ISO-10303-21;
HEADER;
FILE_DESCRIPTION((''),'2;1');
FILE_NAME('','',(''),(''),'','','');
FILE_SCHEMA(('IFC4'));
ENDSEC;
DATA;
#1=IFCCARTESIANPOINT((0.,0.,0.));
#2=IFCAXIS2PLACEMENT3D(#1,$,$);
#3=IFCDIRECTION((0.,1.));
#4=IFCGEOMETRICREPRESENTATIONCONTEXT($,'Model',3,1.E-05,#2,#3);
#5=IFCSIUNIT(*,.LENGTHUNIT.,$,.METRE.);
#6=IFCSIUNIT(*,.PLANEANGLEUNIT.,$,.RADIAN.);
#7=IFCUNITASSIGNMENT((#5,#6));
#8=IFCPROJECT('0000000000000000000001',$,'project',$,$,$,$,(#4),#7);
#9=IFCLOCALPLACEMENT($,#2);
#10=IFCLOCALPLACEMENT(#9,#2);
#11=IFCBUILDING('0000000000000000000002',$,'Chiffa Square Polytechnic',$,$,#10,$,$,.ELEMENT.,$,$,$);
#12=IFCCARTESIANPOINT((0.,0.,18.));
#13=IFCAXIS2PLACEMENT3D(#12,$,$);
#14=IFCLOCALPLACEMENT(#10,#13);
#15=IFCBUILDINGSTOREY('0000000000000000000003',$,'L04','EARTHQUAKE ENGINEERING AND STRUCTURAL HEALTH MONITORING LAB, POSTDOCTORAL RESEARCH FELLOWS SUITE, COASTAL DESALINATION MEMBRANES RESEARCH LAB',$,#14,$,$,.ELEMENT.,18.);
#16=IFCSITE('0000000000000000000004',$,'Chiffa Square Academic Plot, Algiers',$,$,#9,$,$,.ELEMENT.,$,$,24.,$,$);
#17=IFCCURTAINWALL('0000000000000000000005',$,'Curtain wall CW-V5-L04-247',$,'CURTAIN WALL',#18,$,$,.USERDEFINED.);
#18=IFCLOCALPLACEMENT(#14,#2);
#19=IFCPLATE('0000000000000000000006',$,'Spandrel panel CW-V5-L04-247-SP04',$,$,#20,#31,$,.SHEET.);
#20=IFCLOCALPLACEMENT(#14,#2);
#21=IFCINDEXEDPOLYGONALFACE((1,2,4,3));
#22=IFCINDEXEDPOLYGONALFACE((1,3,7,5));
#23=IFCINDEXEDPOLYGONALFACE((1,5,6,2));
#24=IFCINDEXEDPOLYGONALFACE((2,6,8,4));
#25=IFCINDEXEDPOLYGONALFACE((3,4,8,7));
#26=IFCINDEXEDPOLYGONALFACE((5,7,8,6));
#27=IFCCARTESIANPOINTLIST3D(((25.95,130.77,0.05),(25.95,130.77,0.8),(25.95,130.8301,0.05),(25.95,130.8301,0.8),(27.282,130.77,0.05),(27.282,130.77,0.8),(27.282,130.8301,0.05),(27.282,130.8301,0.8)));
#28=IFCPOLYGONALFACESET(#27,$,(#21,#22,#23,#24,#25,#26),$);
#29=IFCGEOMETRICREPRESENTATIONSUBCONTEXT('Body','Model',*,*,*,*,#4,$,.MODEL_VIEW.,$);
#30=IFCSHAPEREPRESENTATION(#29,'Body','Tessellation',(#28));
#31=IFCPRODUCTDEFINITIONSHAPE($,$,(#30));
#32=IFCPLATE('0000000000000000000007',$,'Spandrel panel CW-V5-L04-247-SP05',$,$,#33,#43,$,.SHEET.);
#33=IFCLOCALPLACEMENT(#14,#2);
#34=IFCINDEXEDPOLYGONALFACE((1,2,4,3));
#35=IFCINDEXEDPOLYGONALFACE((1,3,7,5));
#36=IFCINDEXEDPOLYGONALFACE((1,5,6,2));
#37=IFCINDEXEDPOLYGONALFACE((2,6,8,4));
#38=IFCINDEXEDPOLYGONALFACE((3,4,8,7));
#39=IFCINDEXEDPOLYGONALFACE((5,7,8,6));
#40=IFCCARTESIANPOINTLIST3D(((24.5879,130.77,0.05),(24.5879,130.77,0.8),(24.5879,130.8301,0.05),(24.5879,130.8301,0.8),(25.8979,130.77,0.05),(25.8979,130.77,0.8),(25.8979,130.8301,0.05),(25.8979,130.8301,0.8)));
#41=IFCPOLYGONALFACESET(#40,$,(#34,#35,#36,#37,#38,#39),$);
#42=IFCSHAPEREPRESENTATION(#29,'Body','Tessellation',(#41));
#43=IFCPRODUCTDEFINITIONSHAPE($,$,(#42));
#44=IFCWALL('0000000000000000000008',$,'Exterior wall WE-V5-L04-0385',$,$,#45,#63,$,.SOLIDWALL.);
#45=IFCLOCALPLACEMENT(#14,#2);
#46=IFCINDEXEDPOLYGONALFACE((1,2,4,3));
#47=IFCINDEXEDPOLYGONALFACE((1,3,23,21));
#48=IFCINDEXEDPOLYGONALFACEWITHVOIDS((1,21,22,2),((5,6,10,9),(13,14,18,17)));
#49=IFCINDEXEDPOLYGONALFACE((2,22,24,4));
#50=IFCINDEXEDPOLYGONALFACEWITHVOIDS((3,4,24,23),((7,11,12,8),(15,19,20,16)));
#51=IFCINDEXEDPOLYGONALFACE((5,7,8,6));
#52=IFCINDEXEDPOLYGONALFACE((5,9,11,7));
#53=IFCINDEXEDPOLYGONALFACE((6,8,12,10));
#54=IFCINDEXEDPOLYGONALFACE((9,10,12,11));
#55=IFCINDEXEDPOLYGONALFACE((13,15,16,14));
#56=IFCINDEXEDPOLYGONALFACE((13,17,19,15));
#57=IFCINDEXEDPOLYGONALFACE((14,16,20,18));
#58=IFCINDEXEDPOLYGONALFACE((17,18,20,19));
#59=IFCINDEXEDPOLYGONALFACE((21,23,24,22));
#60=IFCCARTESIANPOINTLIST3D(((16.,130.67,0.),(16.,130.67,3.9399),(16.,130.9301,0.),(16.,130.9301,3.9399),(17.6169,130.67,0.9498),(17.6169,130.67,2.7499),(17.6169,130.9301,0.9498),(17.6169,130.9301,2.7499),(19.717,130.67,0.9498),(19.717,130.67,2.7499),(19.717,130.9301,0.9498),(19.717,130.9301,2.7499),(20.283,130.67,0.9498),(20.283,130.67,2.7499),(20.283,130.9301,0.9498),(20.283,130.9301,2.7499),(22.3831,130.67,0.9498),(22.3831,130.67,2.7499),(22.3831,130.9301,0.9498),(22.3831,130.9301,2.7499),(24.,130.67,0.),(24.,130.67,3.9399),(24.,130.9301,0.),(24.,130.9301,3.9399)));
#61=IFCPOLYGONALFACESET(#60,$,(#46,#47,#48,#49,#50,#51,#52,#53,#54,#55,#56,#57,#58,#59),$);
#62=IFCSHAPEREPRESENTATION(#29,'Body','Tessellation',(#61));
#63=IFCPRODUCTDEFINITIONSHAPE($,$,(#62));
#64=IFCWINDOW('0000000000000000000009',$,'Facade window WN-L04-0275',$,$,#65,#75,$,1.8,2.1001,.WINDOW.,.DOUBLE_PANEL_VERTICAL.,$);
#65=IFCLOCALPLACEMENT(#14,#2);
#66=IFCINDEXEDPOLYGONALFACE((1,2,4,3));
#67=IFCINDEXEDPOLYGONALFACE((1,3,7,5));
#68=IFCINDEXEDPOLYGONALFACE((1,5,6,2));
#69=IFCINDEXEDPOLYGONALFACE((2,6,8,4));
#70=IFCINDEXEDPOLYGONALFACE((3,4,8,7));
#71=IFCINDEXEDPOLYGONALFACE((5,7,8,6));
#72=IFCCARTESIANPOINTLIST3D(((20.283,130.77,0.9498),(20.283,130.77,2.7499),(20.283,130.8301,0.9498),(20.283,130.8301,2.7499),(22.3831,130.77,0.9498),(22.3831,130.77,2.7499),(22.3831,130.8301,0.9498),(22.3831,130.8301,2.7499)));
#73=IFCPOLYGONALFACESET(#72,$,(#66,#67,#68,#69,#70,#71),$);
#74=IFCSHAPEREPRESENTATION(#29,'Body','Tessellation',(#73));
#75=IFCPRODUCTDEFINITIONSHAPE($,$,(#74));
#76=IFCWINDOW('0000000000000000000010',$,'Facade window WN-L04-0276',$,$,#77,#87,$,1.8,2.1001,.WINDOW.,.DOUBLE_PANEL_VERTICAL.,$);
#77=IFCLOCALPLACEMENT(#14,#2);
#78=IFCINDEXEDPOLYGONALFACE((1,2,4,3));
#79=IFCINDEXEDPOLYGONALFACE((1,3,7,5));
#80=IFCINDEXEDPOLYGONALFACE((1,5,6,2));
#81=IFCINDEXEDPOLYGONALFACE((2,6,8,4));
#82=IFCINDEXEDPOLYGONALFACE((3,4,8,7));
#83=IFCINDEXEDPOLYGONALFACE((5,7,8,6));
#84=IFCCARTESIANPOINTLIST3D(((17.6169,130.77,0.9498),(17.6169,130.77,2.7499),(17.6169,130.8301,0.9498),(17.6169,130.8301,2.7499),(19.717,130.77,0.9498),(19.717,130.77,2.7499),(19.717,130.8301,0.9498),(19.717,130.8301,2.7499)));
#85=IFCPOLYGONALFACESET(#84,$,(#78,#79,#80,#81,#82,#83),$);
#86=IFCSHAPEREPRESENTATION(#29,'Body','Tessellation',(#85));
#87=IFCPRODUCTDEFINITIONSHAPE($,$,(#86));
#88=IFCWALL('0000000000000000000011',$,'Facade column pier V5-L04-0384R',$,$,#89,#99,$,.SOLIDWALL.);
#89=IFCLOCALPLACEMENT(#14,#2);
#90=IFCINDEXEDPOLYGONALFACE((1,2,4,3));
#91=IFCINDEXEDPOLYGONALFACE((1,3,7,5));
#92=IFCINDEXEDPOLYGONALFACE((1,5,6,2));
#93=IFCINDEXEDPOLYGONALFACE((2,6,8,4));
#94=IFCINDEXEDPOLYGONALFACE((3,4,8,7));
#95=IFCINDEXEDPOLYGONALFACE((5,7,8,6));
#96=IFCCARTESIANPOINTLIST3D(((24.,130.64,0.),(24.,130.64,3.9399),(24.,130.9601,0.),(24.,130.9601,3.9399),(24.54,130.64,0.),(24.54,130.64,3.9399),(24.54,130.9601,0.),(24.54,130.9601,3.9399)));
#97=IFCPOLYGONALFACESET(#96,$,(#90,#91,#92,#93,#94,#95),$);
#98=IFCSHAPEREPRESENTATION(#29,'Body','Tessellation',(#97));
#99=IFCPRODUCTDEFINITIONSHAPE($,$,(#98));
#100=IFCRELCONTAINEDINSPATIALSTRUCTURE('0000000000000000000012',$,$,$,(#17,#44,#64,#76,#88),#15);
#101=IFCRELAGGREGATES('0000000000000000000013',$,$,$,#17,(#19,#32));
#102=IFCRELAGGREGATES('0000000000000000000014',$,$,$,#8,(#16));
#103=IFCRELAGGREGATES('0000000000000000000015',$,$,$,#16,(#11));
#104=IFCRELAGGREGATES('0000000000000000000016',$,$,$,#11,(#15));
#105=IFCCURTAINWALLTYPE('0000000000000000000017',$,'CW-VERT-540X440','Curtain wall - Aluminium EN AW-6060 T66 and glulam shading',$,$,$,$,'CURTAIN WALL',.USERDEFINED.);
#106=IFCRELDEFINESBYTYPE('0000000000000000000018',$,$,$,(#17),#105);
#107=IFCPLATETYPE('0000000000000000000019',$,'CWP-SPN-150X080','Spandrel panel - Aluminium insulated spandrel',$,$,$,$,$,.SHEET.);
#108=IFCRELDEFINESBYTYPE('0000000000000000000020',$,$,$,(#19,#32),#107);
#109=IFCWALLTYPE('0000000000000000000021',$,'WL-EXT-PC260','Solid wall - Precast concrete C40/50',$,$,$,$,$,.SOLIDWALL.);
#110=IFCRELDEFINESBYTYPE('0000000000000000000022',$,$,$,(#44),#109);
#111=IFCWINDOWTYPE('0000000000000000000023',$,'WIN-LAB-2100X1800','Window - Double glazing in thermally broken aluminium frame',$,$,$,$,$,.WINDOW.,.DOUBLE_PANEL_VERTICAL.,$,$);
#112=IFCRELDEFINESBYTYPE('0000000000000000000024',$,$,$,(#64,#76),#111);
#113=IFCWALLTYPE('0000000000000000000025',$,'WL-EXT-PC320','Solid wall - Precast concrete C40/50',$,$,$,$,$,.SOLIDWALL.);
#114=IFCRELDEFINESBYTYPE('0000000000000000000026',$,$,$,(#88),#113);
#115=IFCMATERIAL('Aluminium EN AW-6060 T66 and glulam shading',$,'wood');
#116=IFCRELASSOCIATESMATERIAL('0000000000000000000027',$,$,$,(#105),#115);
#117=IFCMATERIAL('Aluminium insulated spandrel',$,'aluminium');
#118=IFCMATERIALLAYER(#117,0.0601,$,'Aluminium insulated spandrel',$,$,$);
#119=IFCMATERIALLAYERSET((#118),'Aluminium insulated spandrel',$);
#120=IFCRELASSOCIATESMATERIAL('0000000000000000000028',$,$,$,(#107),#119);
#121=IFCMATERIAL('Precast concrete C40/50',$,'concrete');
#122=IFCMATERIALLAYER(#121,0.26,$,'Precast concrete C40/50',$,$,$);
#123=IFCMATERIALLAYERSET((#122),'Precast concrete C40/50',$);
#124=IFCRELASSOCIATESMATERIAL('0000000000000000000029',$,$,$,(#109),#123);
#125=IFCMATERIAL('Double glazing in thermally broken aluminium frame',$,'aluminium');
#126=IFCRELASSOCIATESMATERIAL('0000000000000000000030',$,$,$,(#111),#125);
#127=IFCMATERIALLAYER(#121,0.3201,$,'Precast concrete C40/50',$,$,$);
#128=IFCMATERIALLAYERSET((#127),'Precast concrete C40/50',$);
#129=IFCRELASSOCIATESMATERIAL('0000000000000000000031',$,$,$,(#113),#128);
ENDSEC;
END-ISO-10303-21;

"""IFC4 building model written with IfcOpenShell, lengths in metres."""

from ifc_helpers import new_model, si_unit, direction, frame, frame_2d, origin, origin_2d, place, context, subcontext, project, spatial, rectangle, extrude, material, layer, layer_set, type_object, element, fill, aggregate, save


model = new_model("IFC4")

# Units and contexts
model_context = context("Model", 3, precision=1e-05, world=origin(), true_north=direction((0.0, 1.0)))
body_context = subcontext(model_context, "Body", "Model", "MODEL_VIEW")
ifc_project = project(units=[si_unit("LENGTHUNIT", "METRE"), si_unit("PLANEANGLEUNIT", "RADIAN")], contexts=[model_context])

# Site, building, storey
site_placement = place(None, origin())
site = spatial("IfcSite", under=ifc_project, at=site_placement, Name="Chiffa Square Academic Plot, Algiers", CompositionType="ELEMENT", RefElevation=24.0)
building_placement = place(site_placement, origin())
building = spatial("IfcBuilding", under=site, at=building_placement, Name="Chiffa Square Polytechnic", CompositionType="ELEMENT")
storey_placement = place(building_placement, frame((0.0, 0.0, 18.0)))
storey = spatial("IfcBuildingStorey", under=building, at=storey_placement, Name="L04", Description="EARTHQUAKE ENGINEERING AND STRUCTURAL HEALTH MONITORING LAB, POSTDOCTORAL RESEARCH FELLOWS SUITE, COASTAL DESALINATION MEMBRANES RESEARCH LAB", CompositionType="ELEMENT", Elevation=18.0)

# Curtain wall
ifc_material_1 = material(Name="Aluminium EN AW-6060 T66 and glulam shading", Category="wood")
curtain_wall_type = type_object("IfcCurtainWallType", Name="CW-VERT-540X440", Description="Curtain wall - Aluminium EN AW-6060 T66 and glulam shading", ElementType="CURTAIN WALL", PredefinedType="USERDEFINED", material=ifc_material_1)
curtain_wall_placement = place(storey_placement, origin())
curtain_wall = element("IfcCurtainWall", 1, at=curtain_wall_placement, inside=storey, type_object=curtain_wall_type, Name="Curtain wall CW-V5-L04-247", ObjectType="CURTAIN WALL", PredefinedType="USERDEFINED")

# Plates
ifc_material_2 = material(Name="Aluminium insulated spandrel", Category="aluminium")
ifc_layer_1 = layer(ifc_material_2, 0.0601, Name="Aluminium insulated spandrel")
ifc_layer_set_1 = layer_set([ifc_layer_1], Name="Aluminium insulated spandrel")
plate_type_1 = type_object("IfcPlateType", Name="CWP-SPN-150X080", Description="Spandrel panel - Aluminium insulated spandrel", PredefinedType="SHEET", material=ifc_layer_set_1)
plate_1_placement = place(storey_placement, frame((26.616, 130.8, 0.05), z_axis=(0.0, 0.0, 1.0), x_axis=(-1.0, 0.0, 0.0)))
plate_1 = element("IfcPlate", 2, at=plate_1_placement, type_object=plate_type_1, Name="Spandrel panel CW-V5-L04-247-SP04", PredefinedType="SHEET", context=body_context, shape_type="SweptSolid", body=[
    extrude(rectangle(XDim=1.332, YDim=0.0601, at=origin_2d()), origin(), (0.0, 0.0, 1.0), 0.75),
])
plate_2_placement = place(storey_placement, frame((25.2429, 130.8, 0.05), z_axis=(0.0, 0.0, 1.0), x_axis=(-1.0, 0.0, 0.0)))
plate_2 = element("IfcPlate", 3, at=plate_2_placement, type_object=plate_type_1, Name="Spandrel panel CW-V5-L04-247-SP05", PredefinedType="SHEET", context=body_context, shape_type="SweptSolid", body=[
    extrude(rectangle(XDim=1.3101, YDim=0.0601, at=origin_2d()), origin(), (0.0, 0.0, 1.0), 0.75),
])
aggregate(curtain_wall, [plate_1, plate_2])

# Wall, openings, windows
ifc_material_3 = material(Name="Precast concrete C40/50", Category="concrete")
ifc_layer_2 = layer(ifc_material_3, 0.26, Name="Precast concrete C40/50")
ifc_layer_set_2 = layer_set([ifc_layer_2], Name="Precast concrete C40/50")
wall_type_1 = type_object("IfcWallType", Name="WL-EXT-PC260", Description="Solid wall - Precast concrete C40/50", PredefinedType="SOLIDWALL", material=ifc_layer_set_2)
wall_1_placement = place(storey_placement, frame((24.0, 130.8, 0.0), z_axis=(0.0, 0.0, 1.0), x_axis=(-1.0, 0.0, 0.0)))
wall_1 = element("IfcWall", 4, at=wall_1_placement, inside=storey, type_object=wall_type_1, Name="Exterior wall WE-V5-L04-0385", PredefinedType="SOLIDWALL", context=body_context, shape_type="SweptSolid", body=[
    extrude(rectangle(XDim=8.0, YDim=0.26, at=frame_2d((4.0, 0.0))), origin(), (0.0, 0.0, 1.0), 3.9399),
])
opening_1_placement = place(wall_1_placement, frame((1.6169, 0.0, 0.95)))
opening_1 = element("IfcOpeningElement", 5, at=opening_1_placement, cuts=wall_1, PredefinedType="OPENING", context=body_context, shape_type="SweptSolid", body=[
    extrude(rectangle(XDim=2.1001, YDim=1.8, at=frame_2d((1.05, 0.8999))), frame((0.0, 0.1401, 0.0), z_axis=(0.0, -1.0, 0.0), x_axis=(1.0, 0.0, 0.0)), (0.0, 0.0, 1.0), 0.28),
])
opening_2_placement = place(wall_1_placement, frame((4.283, 0.0, 0.95)))
opening_2 = element("IfcOpeningElement", 6, at=opening_2_placement, cuts=wall_1, PredefinedType="OPENING", context=body_context, shape_type="SweptSolid", body=[
    extrude(rectangle(XDim=2.1001, YDim=1.8, at=frame_2d((1.05, 0.8999))), frame((0.0, 0.1401, 0.0), z_axis=(0.0, -1.0, 0.0), x_axis=(1.0, 0.0, 0.0)), (0.0, 0.0, 1.0), 0.28),
])
ifc_material_4 = material(Name="Double glazing in thermally broken aluminium frame", Category="aluminium")
window_type = type_object("IfcWindowType", Name="WIN-LAB-2100X1800", Description="Window - Double glazing in thermally broken aluminium frame", PartitioningType="DOUBLE_PANEL_VERTICAL", PredefinedType="WINDOW", material=ifc_material_4)
window_1_placement = place(opening_1_placement, origin())
window_1 = element("IfcWindow", 7, at=window_1_placement, inside=storey, type_object=window_type, Name="Facade window WN-L04-0275", OverallHeight=1.8, OverallWidth=2.1001, PartitioningType="DOUBLE_PANEL_VERTICAL", PredefinedType="WINDOW", context=body_context, shape_type="SweptSolid", body=[
    extrude(rectangle(XDim=2.1001, YDim=1.8, at=frame_2d((1.05, 0.8999))), frame((0.0, 0.03, 0.0), z_axis=(0.0, -1.0, 0.0), x_axis=(1.0, 0.0, 0.0)), (0.0, 0.0, 1.0), 0.0601),
])
fill(opening_1, window_1)
window_2_placement = place(opening_2_placement, origin())
window_2 = element("IfcWindow", 8, at=window_2_placement, inside=storey, type_object=window_type, Name="Facade window WN-L04-0276", OverallHeight=1.8, OverallWidth=2.1001, PartitioningType="DOUBLE_PANEL_VERTICAL", PredefinedType="WINDOW", context=body_context, shape_type="SweptSolid", body=[
    extrude(rectangle(XDim=2.1001, YDim=1.8, at=frame_2d((1.05, 0.8999))), frame((0.0, 0.03, 0.0), z_axis=(0.0, -1.0, 0.0), x_axis=(1.0, 0.0, 0.0)), (0.0, 0.0, 1.0), 0.0601),
])
fill(opening_2, window_2)

# Wall
ifc_layer_3 = layer(ifc_material_3, 0.3201, Name="Precast concrete C40/50")
ifc_layer_set_3 = layer_set([ifc_layer_3], Name="Precast concrete C40/50")
wall_type_2 = type_object("IfcWallType", Name="WL-EXT-PC320", Description="Solid wall - Precast concrete C40/50", PredefinedType="SOLIDWALL", material=ifc_layer_set_3)
wall_2_placement = place(storey_placement, frame((24.54, 130.8, 0.0), z_axis=(0.0, 0.0, 1.0), x_axis=(-1.0, 0.0, 0.0)))
element("IfcWall", 9, at=wall_2_placement, inside=storey, type_object=wall_type_2, Name="Facade column pier V5-L04-0384R", PredefinedType="SOLIDWALL", context=body_context, shape_type="SweptSolid", body=[
    extrude(rectangle(XDim=0.54, YDim=0.3201, at=frame_2d((0.27, 0.0))), origin(), (0.0, 0.0, 1.0), 3.9399),
])

save(model, "model.ifc")
